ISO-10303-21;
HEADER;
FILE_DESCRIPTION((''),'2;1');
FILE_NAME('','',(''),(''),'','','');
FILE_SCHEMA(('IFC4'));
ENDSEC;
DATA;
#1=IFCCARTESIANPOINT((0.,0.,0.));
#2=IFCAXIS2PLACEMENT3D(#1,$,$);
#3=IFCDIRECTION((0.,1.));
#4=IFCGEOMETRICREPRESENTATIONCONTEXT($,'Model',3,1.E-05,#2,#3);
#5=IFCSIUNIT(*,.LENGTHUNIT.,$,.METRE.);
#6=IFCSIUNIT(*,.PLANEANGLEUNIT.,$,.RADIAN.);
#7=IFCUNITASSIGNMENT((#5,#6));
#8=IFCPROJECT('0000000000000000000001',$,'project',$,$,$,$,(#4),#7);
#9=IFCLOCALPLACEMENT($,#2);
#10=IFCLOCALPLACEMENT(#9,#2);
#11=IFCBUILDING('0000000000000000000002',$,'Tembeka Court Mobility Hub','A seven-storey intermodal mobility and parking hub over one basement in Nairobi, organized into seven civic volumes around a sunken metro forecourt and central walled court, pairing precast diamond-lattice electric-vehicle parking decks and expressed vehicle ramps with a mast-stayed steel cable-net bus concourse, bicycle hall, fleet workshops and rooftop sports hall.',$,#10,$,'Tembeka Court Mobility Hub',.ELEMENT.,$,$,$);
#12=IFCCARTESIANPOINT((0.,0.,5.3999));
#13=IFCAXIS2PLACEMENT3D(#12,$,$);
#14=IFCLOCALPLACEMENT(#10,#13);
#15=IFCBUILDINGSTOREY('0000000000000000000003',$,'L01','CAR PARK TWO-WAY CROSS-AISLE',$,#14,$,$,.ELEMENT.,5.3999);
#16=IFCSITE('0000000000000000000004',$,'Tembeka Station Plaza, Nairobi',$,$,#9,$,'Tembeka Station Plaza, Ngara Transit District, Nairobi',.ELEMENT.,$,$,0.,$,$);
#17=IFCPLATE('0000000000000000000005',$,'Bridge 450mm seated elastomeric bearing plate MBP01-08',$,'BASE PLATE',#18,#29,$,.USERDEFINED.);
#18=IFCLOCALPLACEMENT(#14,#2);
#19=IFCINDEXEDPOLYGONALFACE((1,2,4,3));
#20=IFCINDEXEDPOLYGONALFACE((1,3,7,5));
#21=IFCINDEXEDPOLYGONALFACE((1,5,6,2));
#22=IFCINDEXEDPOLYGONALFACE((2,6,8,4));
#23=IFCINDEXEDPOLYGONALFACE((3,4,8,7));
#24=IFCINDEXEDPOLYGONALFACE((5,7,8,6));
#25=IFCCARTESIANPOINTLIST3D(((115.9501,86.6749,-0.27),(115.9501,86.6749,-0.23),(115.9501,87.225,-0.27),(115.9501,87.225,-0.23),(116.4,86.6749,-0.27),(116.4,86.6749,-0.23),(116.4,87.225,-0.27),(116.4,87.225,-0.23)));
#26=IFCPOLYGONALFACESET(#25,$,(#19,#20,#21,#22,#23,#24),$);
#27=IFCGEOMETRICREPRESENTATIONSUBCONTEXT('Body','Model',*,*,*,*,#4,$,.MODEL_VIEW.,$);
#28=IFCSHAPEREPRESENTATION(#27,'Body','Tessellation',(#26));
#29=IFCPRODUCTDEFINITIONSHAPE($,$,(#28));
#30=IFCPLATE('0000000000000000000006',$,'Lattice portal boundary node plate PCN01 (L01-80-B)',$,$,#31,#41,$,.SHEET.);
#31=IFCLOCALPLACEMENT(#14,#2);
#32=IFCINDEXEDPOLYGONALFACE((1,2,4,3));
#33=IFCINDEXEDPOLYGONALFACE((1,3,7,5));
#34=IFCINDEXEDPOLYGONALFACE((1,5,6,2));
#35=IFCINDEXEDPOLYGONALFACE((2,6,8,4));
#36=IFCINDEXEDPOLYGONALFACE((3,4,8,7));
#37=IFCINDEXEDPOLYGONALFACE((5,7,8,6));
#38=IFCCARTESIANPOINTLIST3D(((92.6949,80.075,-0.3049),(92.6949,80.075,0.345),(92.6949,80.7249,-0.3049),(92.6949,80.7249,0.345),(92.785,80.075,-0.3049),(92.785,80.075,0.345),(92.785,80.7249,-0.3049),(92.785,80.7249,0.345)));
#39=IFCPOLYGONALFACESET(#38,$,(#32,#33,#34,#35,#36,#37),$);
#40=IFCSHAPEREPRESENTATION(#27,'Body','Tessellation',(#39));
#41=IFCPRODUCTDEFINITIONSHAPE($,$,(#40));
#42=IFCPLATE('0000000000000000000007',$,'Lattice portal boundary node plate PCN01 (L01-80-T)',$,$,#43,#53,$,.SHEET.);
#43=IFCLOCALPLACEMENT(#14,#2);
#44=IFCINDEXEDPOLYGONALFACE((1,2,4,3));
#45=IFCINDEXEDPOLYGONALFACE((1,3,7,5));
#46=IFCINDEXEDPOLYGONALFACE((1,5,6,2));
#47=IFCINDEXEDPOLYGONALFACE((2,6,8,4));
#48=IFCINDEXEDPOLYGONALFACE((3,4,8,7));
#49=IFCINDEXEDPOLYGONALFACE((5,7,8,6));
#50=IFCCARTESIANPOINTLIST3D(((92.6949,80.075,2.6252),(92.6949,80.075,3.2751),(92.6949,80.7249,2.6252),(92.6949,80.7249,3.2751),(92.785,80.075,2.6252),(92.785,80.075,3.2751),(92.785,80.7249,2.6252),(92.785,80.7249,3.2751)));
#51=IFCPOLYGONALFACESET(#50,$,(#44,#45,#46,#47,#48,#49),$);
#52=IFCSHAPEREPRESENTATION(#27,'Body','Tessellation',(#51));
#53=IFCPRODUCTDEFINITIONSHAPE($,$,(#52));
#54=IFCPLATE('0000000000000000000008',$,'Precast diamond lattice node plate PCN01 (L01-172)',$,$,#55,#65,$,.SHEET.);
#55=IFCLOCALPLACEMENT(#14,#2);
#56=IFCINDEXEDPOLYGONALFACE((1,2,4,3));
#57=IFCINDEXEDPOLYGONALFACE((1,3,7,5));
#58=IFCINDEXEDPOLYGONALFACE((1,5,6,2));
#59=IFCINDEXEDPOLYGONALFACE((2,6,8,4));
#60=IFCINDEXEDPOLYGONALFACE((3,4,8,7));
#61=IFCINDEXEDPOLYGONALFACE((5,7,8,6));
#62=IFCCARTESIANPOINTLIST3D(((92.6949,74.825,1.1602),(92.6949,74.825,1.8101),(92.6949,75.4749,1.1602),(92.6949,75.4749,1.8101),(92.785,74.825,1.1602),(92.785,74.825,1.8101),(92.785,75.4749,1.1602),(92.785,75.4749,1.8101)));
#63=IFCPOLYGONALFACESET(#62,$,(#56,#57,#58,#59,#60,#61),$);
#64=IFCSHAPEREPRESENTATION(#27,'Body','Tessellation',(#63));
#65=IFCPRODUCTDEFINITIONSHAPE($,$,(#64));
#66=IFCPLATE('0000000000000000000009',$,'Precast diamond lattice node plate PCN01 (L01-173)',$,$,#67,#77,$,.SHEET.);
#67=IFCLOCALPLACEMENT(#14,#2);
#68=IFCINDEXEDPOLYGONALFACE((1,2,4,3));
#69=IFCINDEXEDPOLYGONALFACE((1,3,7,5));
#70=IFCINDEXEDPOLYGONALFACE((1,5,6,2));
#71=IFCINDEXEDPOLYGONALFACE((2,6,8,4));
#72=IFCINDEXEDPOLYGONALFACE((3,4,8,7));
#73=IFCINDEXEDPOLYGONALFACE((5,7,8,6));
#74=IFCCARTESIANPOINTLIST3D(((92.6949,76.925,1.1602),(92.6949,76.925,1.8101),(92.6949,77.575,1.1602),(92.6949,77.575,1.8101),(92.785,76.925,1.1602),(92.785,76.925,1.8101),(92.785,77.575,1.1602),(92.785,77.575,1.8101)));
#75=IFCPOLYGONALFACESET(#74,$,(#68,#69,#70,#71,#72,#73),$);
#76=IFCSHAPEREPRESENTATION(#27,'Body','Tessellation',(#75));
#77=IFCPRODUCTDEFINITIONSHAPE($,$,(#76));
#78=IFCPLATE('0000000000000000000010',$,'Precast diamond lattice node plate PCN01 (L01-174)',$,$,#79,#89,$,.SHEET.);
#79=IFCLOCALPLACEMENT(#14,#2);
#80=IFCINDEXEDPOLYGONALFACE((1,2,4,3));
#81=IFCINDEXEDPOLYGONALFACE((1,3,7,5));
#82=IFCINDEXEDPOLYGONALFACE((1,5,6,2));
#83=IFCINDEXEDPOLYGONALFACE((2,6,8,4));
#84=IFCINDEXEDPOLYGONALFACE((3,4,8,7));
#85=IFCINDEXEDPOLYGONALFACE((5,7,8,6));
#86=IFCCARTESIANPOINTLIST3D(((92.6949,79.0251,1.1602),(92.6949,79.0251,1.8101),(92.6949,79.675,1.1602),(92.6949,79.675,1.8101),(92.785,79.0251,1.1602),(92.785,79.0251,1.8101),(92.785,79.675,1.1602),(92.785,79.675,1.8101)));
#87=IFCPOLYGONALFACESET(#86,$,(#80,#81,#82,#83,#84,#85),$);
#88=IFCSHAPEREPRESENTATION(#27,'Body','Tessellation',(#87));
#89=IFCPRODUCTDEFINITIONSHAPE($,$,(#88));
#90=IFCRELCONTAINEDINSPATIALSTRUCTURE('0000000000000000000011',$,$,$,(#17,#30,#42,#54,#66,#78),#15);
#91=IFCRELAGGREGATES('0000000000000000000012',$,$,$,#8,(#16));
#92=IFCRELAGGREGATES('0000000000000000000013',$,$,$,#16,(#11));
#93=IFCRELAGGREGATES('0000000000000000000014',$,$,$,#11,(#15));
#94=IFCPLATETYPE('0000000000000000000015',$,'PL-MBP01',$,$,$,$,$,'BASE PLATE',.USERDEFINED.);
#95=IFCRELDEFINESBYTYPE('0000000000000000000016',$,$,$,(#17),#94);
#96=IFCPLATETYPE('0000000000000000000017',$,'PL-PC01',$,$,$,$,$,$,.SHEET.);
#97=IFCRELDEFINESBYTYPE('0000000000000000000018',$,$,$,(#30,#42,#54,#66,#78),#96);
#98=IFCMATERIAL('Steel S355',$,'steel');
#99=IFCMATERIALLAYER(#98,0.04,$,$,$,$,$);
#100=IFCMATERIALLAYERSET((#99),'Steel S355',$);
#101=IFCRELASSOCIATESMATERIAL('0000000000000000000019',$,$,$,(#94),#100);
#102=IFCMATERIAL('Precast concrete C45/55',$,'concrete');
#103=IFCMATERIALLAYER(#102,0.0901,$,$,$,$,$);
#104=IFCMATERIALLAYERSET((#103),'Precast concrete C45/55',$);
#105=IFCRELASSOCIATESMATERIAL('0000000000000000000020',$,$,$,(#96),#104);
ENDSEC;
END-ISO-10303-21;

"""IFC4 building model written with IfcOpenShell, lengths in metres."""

from ifc_helpers import new_model, si_unit, direction, frame, origin, origin_2d, place, context, subcontext, project, spatial, rectangle, extrude, material, layer, layer_set, type_object, element, save


model = new_model("IFC4")

# Units and contexts
model_context = context("Model", 3, precision=1e-05, world=origin(), true_north=direction((0.0, 1.0)))
body_context = subcontext(model_context, "Body", "Model", "MODEL_VIEW")
ifc_project = project(units=[si_unit("LENGTHUNIT", "METRE"), si_unit("PLANEANGLEUNIT", "RADIAN")], contexts=[model_context])

# Site, building, storey
site_placement = place(None, origin())
site = spatial("IfcSite", under=ifc_project, at=site_placement, Name="Tembeka Station Plaza, Nairobi", LongName="Tembeka Station Plaza, Ngara Transit District, Nairobi", CompositionType="ELEMENT", RefElevation=0.0)
building_placement = place(site_placement, origin())
building = spatial("IfcBuilding", under=site, at=building_placement, Name="Tembeka Court Mobility Hub", Description="A seven-storey intermodal mobility and parking hub over one basement in Nairobi, organized into seven civic volumes around a sunken metro forecourt and central walled court, pairing precast diamond-lattice electric-vehicle parking decks and expressed vehicle ramps with a mast-stayed steel cable-net bus concourse, bicycle hall, fleet workshops and rooftop sports hall.", LongName="Tembeka Court Mobility Hub", CompositionType="ELEMENT")
storey_placement = place(building_placement, frame((0.0, 0.0, 5.3999)))
storey = spatial("IfcBuildingStorey", under=building, at=storey_placement, Name="L01", Description="CAR PARK TWO-WAY CROSS-AISLE", CompositionType="ELEMENT", Elevation=5.3999)

# Shared definitions
ifc_material_1 = material(Name="Steel S355", Category="steel")

# Shared definitions
ifc_material_2 = material(Name="Precast concrete C45/55", Category="concrete")

# Plates
ifc_layer_1 = layer(ifc_material_1, 0.04)
ifc_layer_set_1 = layer_set([ifc_layer_1], Name="Steel S355")
plate_type_1 = type_object("IfcPlateType", Name="PL-MBP01", ElementType="BASE PLATE", PredefinedType="USERDEFINED", material=ifc_layer_set_1)
for number, where, z_axis, x_axis, name in (
    (1, (116.175, 86.95, -0.27), (0.0, 0.0, 1.0), (1.0, 0.0, 0.0), "Bridge 450mm seated elastomeric bearing plate MBP01-08"),
):
    element("IfcPlate", number, at=place(storey_placement, frame(where, z_axis=z_axis, x_axis=x_axis)), inside=storey, type_object=plate_type_1, Name=name, ObjectType="BASE PLATE", PredefinedType="USERDEFINED", context=body_context, shape_type="SweptSolid", body=[
        extrude(rectangle(XDim=0.45, YDim=0.55, at=origin_2d()), origin(), (0.0, 0.0, 1.0), 0.04),
    ])
ifc_layer_2 = layer(ifc_material_2, 0.0901)
ifc_layer_set_2 = layer_set([ifc_layer_2], Name="Precast concrete C45/55")
plate_type_2 = type_object("IfcPlateType", Name="PL-PC01", PredefinedType="SHEET", material=ifc_layer_set_2)
for number, where, z_axis, x_axis, name in (
    (2, (92.74, 80.3999, -0.3049), (0.0, 0.0, 1.0), (1.0, 0.0, 0.0), "Lattice portal boundary node plate PCN01 (L01-80-B)"),
    (3, (92.74, 80.3999, 2.6252), (0.0, 0.0, 1.0), (1.0, 0.0, 0.0), "Lattice portal boundary node plate PCN01 (L01-80-T)"),
    (4, (92.74, 75.1499, 1.1602), (0.0, 0.0, 1.0), (1.0, 0.0, 0.0), "Precast diamond lattice node plate PCN01 (L01-172)"),
    (5, (92.74, 77.25, 1.1602), (0.0, 0.0, 1.0), (1.0, 0.0, 0.0), "Precast diamond lattice node plate PCN01 (L01-173)"),
    (6, (92.74, 79.3501, 1.1602), (0.0, 0.0, 1.0), (1.0, 0.0, 0.0), "Precast diamond lattice node plate PCN01 (L01-174)"),
):
    element("IfcPlate", number, at=place(storey_placement, frame(where, z_axis=z_axis, x_axis=x_axis)), inside=storey, type_object=plate_type_2, Name=name, PredefinedType="SHEET", context=body_context, shape_type="SweptSolid", body=[
        extrude(rectangle(XDim=0.0901, YDim=0.6499, at=origin_2d()), origin(), (0.0, 0.0, 1.0), 0.6499),
    ])

save(model, "model.ifc")
